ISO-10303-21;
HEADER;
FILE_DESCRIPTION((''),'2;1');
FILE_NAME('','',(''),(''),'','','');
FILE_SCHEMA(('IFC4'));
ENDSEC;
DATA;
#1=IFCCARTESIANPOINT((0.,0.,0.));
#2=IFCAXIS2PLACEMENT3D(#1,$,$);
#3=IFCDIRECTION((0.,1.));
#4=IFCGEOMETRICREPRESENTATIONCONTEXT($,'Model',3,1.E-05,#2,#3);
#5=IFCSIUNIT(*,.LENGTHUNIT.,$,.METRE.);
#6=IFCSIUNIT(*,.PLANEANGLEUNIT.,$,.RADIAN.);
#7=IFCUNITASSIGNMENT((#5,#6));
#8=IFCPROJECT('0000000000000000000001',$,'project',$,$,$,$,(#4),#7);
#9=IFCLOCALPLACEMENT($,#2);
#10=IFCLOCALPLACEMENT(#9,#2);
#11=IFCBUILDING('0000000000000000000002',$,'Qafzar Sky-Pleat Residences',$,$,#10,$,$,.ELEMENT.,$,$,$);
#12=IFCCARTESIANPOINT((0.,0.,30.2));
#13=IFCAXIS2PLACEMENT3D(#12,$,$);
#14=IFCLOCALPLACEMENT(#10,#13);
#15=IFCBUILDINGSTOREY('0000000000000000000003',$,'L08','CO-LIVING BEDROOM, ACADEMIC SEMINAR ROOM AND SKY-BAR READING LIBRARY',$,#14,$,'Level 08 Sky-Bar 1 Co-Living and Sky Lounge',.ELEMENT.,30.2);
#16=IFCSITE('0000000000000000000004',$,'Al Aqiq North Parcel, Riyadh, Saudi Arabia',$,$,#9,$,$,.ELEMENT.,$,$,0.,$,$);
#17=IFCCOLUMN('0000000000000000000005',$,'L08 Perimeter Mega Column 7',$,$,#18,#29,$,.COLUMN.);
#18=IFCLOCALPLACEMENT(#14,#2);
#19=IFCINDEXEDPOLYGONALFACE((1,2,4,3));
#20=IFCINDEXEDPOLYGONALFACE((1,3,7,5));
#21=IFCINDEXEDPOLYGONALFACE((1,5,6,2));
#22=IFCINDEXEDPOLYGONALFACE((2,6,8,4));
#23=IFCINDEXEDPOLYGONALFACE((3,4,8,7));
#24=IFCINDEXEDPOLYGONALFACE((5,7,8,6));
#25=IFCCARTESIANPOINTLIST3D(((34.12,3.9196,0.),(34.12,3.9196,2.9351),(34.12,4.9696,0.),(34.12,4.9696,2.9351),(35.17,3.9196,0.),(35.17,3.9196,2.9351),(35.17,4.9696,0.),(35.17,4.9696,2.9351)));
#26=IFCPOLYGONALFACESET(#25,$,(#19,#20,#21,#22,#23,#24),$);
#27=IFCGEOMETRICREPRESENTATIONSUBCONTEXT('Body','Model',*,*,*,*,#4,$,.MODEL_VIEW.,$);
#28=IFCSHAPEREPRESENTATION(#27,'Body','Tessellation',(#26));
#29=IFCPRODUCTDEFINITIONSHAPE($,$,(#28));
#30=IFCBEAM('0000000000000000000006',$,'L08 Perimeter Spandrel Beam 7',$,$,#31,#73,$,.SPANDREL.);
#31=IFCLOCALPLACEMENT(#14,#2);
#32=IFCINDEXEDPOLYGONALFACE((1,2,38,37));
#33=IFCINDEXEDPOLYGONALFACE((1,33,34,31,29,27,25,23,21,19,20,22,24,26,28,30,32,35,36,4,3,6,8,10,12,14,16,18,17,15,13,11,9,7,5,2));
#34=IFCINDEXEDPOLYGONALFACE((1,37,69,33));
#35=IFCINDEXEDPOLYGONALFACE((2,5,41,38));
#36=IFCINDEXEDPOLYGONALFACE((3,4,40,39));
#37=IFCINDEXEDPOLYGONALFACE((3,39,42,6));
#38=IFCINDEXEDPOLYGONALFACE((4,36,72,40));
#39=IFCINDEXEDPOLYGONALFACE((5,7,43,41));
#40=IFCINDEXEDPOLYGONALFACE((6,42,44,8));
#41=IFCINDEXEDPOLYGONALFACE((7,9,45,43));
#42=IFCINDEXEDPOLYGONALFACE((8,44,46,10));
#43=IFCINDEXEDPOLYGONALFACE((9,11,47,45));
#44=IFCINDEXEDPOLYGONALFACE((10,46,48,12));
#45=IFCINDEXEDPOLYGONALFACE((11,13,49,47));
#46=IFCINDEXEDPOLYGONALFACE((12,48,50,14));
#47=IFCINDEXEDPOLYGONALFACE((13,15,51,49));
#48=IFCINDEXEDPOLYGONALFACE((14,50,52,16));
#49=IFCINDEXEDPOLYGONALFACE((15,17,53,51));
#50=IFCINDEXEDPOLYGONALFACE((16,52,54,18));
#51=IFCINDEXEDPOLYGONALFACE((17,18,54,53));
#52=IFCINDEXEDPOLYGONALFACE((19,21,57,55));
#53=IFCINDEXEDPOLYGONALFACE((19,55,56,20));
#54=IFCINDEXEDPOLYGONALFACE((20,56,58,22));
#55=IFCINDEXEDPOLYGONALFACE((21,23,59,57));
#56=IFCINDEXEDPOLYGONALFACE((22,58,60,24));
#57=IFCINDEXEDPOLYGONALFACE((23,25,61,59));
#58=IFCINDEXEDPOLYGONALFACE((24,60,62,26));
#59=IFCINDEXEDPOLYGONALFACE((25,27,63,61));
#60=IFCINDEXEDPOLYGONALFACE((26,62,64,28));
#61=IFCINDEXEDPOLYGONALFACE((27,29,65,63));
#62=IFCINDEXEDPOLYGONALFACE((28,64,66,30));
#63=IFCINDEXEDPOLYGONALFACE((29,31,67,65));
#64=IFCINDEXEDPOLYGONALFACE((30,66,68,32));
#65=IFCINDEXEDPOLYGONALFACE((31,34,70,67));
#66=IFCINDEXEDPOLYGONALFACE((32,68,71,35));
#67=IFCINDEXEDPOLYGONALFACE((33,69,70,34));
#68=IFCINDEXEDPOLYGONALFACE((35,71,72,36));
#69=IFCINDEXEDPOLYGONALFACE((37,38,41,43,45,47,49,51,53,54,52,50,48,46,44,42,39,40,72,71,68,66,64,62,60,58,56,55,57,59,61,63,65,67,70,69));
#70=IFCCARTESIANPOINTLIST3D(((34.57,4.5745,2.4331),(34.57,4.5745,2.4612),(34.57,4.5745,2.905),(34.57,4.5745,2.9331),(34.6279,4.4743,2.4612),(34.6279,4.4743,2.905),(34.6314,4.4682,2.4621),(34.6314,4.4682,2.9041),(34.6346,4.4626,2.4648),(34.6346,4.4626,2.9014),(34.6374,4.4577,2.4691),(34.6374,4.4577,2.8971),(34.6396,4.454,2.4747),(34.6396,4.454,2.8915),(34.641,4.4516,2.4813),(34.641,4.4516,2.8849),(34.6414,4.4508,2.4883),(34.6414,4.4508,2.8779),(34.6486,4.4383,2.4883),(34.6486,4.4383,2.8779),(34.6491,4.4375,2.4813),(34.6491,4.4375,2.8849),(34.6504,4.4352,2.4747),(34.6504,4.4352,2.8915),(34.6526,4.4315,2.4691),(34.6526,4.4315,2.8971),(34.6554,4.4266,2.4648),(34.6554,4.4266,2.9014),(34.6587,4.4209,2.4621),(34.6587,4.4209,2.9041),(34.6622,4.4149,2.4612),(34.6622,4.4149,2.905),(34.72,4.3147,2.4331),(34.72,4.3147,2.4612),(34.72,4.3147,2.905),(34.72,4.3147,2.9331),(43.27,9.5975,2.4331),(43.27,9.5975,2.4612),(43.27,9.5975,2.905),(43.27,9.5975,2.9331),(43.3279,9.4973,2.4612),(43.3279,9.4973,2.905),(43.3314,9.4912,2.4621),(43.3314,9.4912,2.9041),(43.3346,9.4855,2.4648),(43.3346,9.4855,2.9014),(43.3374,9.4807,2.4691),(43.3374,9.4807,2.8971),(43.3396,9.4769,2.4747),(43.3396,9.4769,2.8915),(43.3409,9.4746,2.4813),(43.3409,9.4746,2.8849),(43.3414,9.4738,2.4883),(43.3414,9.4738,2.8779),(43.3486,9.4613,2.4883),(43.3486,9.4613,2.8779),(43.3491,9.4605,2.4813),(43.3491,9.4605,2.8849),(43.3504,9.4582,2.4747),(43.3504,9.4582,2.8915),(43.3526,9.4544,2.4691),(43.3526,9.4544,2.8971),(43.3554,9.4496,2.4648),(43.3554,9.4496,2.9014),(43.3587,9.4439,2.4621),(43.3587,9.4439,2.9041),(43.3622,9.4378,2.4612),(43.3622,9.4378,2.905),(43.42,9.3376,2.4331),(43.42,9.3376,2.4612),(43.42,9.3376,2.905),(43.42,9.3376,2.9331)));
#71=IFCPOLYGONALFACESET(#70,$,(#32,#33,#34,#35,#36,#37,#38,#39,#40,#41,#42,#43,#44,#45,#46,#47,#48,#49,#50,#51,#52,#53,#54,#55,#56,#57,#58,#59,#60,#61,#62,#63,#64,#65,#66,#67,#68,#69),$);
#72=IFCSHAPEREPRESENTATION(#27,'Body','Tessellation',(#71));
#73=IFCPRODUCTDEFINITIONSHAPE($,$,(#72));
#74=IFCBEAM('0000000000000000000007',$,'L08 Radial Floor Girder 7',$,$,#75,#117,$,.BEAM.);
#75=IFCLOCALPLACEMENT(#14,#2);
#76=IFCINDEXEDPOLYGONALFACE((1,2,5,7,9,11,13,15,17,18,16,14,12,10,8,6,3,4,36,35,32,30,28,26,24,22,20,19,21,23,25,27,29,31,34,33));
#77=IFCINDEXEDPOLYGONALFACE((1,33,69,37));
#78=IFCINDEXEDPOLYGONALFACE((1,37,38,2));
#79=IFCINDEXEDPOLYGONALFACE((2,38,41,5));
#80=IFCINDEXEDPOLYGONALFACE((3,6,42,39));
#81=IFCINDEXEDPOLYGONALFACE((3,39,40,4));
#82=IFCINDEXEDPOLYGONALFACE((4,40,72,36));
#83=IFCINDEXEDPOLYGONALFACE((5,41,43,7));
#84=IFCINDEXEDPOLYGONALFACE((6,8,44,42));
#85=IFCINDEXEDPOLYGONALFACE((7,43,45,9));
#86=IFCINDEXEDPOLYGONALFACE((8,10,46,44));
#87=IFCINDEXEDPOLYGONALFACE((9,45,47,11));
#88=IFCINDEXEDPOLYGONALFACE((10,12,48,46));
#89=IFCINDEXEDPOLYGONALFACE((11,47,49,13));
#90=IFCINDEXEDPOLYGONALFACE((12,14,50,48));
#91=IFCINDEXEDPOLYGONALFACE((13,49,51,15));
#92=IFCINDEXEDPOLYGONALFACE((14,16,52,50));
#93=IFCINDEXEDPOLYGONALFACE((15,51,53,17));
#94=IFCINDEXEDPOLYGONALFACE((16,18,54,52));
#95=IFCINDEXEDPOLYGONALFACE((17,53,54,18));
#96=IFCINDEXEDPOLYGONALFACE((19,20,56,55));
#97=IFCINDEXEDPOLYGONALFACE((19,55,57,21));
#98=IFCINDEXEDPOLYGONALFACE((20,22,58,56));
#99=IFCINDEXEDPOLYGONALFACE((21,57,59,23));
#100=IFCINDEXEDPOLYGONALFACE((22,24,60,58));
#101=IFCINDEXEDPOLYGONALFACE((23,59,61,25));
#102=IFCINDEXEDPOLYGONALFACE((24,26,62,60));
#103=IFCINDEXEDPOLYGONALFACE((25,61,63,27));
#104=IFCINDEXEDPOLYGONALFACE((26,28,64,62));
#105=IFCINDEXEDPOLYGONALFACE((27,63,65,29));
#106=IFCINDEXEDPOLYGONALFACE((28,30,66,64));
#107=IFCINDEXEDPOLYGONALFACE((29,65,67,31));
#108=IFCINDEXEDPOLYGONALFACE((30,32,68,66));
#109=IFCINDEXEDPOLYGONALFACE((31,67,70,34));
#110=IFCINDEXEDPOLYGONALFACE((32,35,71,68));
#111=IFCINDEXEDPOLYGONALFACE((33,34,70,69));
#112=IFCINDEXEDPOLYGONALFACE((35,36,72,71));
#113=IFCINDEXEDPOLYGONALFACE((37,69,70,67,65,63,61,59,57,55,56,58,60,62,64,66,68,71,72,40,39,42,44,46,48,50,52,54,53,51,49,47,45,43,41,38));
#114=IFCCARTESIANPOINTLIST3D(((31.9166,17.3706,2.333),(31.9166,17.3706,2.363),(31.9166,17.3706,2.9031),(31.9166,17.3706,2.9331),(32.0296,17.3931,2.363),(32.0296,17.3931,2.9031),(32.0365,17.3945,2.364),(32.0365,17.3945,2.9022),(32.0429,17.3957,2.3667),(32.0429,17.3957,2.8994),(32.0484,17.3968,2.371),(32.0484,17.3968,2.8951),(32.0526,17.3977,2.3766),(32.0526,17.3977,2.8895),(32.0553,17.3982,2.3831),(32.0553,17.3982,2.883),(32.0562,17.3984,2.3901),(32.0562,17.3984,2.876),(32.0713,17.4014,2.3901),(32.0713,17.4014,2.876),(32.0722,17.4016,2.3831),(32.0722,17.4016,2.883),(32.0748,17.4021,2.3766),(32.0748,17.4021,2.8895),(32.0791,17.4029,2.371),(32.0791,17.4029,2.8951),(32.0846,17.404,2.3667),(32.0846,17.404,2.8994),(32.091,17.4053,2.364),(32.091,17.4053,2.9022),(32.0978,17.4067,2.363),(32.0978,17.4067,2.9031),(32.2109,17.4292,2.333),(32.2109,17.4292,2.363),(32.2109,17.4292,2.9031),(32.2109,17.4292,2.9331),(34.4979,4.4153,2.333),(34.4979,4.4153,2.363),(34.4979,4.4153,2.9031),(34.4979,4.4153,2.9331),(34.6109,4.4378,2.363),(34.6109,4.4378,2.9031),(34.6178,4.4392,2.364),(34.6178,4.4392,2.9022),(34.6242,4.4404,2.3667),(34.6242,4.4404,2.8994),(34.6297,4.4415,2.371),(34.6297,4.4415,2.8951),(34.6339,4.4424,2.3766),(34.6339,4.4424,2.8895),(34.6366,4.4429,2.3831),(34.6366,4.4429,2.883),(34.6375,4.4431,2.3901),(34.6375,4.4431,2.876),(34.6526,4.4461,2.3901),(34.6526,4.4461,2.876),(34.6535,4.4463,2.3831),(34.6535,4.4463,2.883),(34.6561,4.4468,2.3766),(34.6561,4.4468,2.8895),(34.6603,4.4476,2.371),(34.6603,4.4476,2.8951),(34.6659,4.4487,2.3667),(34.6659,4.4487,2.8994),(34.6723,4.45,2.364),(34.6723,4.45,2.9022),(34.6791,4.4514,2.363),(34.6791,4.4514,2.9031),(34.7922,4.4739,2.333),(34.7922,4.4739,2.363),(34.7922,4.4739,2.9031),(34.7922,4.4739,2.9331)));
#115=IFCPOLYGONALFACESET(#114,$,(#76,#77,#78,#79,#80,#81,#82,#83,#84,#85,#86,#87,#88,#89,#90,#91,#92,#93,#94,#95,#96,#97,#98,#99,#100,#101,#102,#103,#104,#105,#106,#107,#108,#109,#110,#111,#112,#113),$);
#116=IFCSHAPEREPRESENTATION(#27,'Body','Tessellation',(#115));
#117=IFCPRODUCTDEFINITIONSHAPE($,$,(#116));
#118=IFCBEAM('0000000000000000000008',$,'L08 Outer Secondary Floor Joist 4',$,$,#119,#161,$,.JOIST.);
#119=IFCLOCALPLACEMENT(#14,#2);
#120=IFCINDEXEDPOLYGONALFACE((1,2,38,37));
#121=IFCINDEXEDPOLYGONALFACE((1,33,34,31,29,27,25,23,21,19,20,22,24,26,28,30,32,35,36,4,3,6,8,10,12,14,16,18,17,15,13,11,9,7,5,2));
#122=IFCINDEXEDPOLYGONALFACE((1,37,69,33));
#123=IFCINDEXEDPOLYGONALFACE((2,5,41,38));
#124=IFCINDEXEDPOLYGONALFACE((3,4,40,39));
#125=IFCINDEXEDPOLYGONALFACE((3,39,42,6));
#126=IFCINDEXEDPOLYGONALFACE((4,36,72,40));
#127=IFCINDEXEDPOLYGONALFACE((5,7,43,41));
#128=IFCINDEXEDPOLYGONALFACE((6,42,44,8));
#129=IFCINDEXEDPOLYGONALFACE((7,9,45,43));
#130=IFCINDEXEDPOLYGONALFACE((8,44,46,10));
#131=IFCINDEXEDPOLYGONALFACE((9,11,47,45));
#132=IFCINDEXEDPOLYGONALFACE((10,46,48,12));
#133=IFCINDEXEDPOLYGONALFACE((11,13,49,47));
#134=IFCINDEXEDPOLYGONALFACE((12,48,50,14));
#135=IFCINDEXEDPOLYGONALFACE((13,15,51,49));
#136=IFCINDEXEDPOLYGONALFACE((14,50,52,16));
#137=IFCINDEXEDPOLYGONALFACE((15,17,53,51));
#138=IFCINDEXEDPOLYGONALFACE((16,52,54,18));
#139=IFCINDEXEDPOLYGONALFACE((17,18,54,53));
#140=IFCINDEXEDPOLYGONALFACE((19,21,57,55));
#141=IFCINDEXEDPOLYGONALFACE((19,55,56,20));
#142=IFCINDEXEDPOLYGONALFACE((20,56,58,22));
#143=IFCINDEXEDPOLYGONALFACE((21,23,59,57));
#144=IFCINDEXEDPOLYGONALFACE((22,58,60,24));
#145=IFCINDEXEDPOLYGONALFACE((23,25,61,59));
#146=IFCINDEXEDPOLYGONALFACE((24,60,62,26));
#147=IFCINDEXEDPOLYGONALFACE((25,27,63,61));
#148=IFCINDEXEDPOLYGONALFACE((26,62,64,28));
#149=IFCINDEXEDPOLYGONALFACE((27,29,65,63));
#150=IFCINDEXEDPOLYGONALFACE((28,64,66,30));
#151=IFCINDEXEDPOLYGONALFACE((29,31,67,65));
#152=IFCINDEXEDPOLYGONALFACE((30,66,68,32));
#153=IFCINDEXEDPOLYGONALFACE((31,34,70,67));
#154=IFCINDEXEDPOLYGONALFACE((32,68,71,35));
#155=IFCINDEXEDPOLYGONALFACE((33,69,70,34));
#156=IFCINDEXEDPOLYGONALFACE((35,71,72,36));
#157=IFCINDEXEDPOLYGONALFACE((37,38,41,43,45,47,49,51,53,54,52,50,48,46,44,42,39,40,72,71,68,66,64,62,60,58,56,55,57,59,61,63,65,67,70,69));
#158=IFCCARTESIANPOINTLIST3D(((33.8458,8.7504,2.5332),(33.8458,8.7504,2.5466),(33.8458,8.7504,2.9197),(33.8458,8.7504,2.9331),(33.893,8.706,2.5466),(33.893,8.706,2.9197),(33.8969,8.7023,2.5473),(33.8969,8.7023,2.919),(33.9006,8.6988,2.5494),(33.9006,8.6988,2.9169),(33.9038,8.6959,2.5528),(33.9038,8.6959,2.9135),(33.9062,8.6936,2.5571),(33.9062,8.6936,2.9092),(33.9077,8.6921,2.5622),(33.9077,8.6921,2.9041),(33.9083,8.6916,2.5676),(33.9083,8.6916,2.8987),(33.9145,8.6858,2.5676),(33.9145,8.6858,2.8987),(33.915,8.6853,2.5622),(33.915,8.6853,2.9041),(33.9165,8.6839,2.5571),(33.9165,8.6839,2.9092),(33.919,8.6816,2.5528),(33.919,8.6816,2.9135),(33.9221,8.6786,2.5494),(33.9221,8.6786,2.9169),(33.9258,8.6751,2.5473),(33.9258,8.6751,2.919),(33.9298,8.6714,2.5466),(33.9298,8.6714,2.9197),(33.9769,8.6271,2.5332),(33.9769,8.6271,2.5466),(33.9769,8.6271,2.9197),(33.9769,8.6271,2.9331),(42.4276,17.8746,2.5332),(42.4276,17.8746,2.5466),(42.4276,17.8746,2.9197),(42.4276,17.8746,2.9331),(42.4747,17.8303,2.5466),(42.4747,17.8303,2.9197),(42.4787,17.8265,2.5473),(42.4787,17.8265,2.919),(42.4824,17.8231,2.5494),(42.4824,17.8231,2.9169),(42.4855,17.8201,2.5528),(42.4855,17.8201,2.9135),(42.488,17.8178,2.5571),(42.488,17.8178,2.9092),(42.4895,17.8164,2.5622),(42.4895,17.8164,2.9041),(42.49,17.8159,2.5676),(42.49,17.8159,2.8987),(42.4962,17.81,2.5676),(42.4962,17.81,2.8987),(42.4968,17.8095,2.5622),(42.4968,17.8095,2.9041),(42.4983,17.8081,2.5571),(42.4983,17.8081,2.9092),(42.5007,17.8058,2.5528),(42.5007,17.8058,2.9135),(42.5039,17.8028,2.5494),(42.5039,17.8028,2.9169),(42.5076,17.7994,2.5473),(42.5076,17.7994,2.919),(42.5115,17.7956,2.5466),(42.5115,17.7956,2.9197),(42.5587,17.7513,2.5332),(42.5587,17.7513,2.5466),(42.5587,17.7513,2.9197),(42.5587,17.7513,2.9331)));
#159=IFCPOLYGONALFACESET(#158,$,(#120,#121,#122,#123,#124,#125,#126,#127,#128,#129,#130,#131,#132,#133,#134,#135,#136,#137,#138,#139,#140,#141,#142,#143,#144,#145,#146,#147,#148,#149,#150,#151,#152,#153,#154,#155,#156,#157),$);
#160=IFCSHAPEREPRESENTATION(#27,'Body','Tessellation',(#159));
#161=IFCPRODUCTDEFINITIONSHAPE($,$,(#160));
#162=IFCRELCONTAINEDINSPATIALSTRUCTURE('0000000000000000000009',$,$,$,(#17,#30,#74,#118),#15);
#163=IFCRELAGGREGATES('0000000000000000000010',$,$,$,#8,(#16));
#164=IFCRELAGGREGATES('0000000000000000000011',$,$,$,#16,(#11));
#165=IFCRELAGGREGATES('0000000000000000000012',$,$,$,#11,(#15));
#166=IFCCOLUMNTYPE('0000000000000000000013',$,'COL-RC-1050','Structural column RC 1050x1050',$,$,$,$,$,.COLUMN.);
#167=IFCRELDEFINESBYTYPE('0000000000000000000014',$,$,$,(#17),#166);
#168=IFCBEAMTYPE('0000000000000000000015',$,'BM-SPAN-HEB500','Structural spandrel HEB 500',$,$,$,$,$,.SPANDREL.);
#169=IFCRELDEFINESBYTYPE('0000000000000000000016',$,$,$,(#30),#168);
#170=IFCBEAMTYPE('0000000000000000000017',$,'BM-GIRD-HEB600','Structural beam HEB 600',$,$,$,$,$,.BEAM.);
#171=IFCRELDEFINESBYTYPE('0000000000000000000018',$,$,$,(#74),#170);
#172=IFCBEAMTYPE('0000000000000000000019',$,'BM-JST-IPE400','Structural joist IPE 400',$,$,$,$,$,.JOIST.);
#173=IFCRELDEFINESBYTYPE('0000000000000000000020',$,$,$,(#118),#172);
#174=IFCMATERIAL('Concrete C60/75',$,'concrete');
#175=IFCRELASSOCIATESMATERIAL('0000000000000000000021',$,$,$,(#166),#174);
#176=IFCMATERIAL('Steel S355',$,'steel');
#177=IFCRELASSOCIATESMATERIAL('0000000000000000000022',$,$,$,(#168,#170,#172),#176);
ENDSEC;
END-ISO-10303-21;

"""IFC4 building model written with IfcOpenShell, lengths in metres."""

from ifc_helpers import new_model, si_unit, direction, frame, origin, origin_2d, place, context, subcontext, project, spatial, rectangle, i_section, extrude, source, transform, mapped, material, material_profile, profile_set, type_object, element, save


model = new_model("IFC4")

# Units and contexts
model_context = context("Model", 3, precision=1e-05, world=origin(), true_north=direction((0.0, 1.0)))
body_context = subcontext(model_context, "Body", "Model", "MODEL_VIEW")
ifc_project = project(units=[si_unit("LENGTHUNIT", "METRE"), si_unit("PLANEANGLEUNIT", "RADIAN")], contexts=[model_context])

# Site, building, storey
site_placement = place(None, origin())
site = spatial("IfcSite", under=ifc_project, at=site_placement, Name="Al Aqiq North Parcel, Riyadh, Saudi Arabia", CompositionType="ELEMENT", RefElevation=0.0)
building_placement = place(site_placement, origin())
building = spatial("IfcBuilding", under=site, at=building_placement, Name="Qafzar Sky-Pleat Residences", CompositionType="ELEMENT")
storey_placement = place(building_placement, frame((0.0, 0.0, 30.2)))
storey = spatial("IfcBuildingStorey", under=building, at=storey_placement, Name="L08", Description="CO-LIVING BEDROOM, ACADEMIC SEMINAR ROOM AND SKY-BAR READING LIBRARY", LongName="Level 08 Sky-Bar 1 Co-Living and Sky Lounge", CompositionType="ELEMENT", Elevation=30.2)

# Column
ifc_material_1 = material(Name="Concrete C60/75", Category="concrete")
ifc_material_profile_1 = material_profile(ifc_material_1, rectangle(XDim=1.05, YDim=1.05, at=origin_2d()), Name="RC 1050x1050")
ifc_profile_set_1 = profile_set([ifc_material_profile_1], Name="Concrete C60/75")
column_type = type_object("IfcColumnType", Name="COL-RC-1050", Description="Structural column RC 1050x1050", PredefinedType="COLUMN", material=ifc_profile_set_1)
shared_shape_1 = source(origin(), body_context, "Body", "SweptSolid", [
    extrude(rectangle(XDim=1.05, YDim=1.05, at=origin_2d()), origin(), (0.0, 0.0, 1.0), 2.9351),
])
column_placement = place(storey_placement, frame((34.645, 4.4446, 0.0), z_axis=(0.0, 0.0, 1.0), x_axis=(1.0, 0.0, 0.0)))
element("IfcColumn", 1, at=column_placement, inside=storey, type_object=column_type, Name="L08 Perimeter Mega Column 7", PredefinedType="COLUMN", context=body_context, shape_type="MappedRepresentation", body=[
    mapped(shared_shape_1, transform((0.0, 0.0, 0.0), x_axis=(1.0, 0.0, 0.0), y_axis=(0.0, 1.0, 0.0), z_axis=(0.0, 0.0, 1.0), scale=1.0)),
])

# Beams
ifc_material_2 = material(Name="Steel S355", Category="steel")
ifc_material_profile_2 = material_profile(ifc_material_2, i_section(OverallWidth=0.3, OverallDepth=0.5, WebThickness=0.0144, FlangeThickness=0.0281, FilletRadius=0.0271, at=origin_2d()), Name="HEB 500")
ifc_profile_set_2 = profile_set([ifc_material_profile_2], Name="Steel S355")
beam_type_1 = type_object("IfcBeamType", Name="BM-SPAN-HEB500", Description="Structural spandrel HEB 500", PredefinedType="SPANDREL", material=ifc_profile_set_2)
shared_shape_2 = source(origin(), body_context, "Body", "SweptSolid", [
    extrude(i_section(OverallWidth=0.3, OverallDepth=0.5, WebThickness=0.0144, FlangeThickness=0.0281, FilletRadius=0.0271, at=origin_2d()), origin(), (0.0, 0.0, 1.0), 10.0459),
])
beam_1_placement = place(storey_placement, frame((34.645, 4.4446, 2.6831), z_axis=(0.866024, 0.500002, 0.0), x_axis=(-0.500002, 0.866024, 0.0)))
element("IfcBeam", 2, at=beam_1_placement, inside=storey, type_object=beam_type_1, Name="L08 Perimeter Spandrel Beam 7", PredefinedType="SPANDREL", context=body_context, shape_type="MappedRepresentation", body=[
    mapped(shared_shape_2, transform((0.0, 0.0, 0.0), x_axis=(1.0, 0.0, 0.0), y_axis=(0.0, 1.0, 0.0), z_axis=(0.0, 0.0, 1.0), scale=1.0)),
])
ifc_material_profile_3 = material_profile(ifc_material_2, i_section(OverallWidth=0.3, OverallDepth=0.6001, WebThickness=0.0154, FlangeThickness=0.03, FilletRadius=0.0271, at=origin_2d()), Name="HEB 600")
ifc_profile_set_3 = profile_set([ifc_material_profile_3], Name="Steel S355")
beam_type_2 = type_object("IfcBeamType", Name="BM-GIRD-HEB600", Description="Structural beam HEB 600", PredefinedType="BEAM", material=ifc_profile_set_3)
shared_shape_3 = source(origin(), body_context, "Body", "SweptSolid", [
    extrude(i_section(OverallWidth=0.3, OverallDepth=0.6001, WebThickness=0.0154, FlangeThickness=0.03, FilletRadius=0.0271, at=origin_2d()), origin(), (0.0, 0.0, 1.0), 13.21),
])
beam_2_placement = place(storey_placement, frame((34.645, 4.4446, 2.6331), z_axis=(-0.195405, 0.980723, 0.0), x_axis=(-0.980723, -0.195405, 0.0)))
element("IfcBeam", 3, at=beam_2_placement, inside=storey, type_object=beam_type_2, Name="L08 Radial Floor Girder 7", PredefinedType="BEAM", context=body_context, shape_type="MappedRepresentation", body=[
    mapped(shared_shape_3, transform((0.0, 0.0, 0.0), x_axis=(1.0, 0.0, 0.0), y_axis=(0.0, 1.0, 0.0), z_axis=(0.0, 0.0, 1.0), scale=1.0)),
])
ifc_material_profile_4 = material_profile(ifc_material_2, i_section(OverallWidth=0.1799, OverallDepth=0.3999, WebThickness=0.0085, FlangeThickness=0.0134, FilletRadius=0.021, at=origin_2d()), Name="IPE 400")
ifc_profile_set_4 = profile_set([ifc_material_profile_4], Name="Steel S355")
beam_type_3 = type_object("IfcBeamType", Name="BM-JST-IPE400", Description="Structural joist IPE 400", PredefinedType="JOIST", material=ifc_profile_set_4)
shared_shape_4 = source(origin(), body_context, "Body", "SweptSolid", [
    extrude(i_section(OverallWidth=0.1799, OverallDepth=0.3999, WebThickness=0.0085, FlangeThickness=0.0134, FilletRadius=0.021, at=origin_2d()), origin(), (0.0, 0.0, 1.0), 12.5259),
])
beam_3_placement = place(storey_placement, frame((33.9114, 8.6887, 2.7332), z_axis=(0.685121, 0.728429, 0.0), x_axis=(-0.728429, 0.685121, 0.0)))
element("IfcBeam", 4, at=beam_3_placement, inside=storey, type_object=beam_type_3, Name="L08 Outer Secondary Floor Joist 4", PredefinedType="JOIST", context=body_context, shape_type="MappedRepresentation", body=[
    mapped(shared_shape_4, transform((0.0, 0.0, 0.0), x_axis=(1.0, 0.0, 0.0), y_axis=(0.0, 1.0, 0.0), z_axis=(0.0, 0.0, 1.0), scale=1.0)),
])

save(model, "model.ifc")
